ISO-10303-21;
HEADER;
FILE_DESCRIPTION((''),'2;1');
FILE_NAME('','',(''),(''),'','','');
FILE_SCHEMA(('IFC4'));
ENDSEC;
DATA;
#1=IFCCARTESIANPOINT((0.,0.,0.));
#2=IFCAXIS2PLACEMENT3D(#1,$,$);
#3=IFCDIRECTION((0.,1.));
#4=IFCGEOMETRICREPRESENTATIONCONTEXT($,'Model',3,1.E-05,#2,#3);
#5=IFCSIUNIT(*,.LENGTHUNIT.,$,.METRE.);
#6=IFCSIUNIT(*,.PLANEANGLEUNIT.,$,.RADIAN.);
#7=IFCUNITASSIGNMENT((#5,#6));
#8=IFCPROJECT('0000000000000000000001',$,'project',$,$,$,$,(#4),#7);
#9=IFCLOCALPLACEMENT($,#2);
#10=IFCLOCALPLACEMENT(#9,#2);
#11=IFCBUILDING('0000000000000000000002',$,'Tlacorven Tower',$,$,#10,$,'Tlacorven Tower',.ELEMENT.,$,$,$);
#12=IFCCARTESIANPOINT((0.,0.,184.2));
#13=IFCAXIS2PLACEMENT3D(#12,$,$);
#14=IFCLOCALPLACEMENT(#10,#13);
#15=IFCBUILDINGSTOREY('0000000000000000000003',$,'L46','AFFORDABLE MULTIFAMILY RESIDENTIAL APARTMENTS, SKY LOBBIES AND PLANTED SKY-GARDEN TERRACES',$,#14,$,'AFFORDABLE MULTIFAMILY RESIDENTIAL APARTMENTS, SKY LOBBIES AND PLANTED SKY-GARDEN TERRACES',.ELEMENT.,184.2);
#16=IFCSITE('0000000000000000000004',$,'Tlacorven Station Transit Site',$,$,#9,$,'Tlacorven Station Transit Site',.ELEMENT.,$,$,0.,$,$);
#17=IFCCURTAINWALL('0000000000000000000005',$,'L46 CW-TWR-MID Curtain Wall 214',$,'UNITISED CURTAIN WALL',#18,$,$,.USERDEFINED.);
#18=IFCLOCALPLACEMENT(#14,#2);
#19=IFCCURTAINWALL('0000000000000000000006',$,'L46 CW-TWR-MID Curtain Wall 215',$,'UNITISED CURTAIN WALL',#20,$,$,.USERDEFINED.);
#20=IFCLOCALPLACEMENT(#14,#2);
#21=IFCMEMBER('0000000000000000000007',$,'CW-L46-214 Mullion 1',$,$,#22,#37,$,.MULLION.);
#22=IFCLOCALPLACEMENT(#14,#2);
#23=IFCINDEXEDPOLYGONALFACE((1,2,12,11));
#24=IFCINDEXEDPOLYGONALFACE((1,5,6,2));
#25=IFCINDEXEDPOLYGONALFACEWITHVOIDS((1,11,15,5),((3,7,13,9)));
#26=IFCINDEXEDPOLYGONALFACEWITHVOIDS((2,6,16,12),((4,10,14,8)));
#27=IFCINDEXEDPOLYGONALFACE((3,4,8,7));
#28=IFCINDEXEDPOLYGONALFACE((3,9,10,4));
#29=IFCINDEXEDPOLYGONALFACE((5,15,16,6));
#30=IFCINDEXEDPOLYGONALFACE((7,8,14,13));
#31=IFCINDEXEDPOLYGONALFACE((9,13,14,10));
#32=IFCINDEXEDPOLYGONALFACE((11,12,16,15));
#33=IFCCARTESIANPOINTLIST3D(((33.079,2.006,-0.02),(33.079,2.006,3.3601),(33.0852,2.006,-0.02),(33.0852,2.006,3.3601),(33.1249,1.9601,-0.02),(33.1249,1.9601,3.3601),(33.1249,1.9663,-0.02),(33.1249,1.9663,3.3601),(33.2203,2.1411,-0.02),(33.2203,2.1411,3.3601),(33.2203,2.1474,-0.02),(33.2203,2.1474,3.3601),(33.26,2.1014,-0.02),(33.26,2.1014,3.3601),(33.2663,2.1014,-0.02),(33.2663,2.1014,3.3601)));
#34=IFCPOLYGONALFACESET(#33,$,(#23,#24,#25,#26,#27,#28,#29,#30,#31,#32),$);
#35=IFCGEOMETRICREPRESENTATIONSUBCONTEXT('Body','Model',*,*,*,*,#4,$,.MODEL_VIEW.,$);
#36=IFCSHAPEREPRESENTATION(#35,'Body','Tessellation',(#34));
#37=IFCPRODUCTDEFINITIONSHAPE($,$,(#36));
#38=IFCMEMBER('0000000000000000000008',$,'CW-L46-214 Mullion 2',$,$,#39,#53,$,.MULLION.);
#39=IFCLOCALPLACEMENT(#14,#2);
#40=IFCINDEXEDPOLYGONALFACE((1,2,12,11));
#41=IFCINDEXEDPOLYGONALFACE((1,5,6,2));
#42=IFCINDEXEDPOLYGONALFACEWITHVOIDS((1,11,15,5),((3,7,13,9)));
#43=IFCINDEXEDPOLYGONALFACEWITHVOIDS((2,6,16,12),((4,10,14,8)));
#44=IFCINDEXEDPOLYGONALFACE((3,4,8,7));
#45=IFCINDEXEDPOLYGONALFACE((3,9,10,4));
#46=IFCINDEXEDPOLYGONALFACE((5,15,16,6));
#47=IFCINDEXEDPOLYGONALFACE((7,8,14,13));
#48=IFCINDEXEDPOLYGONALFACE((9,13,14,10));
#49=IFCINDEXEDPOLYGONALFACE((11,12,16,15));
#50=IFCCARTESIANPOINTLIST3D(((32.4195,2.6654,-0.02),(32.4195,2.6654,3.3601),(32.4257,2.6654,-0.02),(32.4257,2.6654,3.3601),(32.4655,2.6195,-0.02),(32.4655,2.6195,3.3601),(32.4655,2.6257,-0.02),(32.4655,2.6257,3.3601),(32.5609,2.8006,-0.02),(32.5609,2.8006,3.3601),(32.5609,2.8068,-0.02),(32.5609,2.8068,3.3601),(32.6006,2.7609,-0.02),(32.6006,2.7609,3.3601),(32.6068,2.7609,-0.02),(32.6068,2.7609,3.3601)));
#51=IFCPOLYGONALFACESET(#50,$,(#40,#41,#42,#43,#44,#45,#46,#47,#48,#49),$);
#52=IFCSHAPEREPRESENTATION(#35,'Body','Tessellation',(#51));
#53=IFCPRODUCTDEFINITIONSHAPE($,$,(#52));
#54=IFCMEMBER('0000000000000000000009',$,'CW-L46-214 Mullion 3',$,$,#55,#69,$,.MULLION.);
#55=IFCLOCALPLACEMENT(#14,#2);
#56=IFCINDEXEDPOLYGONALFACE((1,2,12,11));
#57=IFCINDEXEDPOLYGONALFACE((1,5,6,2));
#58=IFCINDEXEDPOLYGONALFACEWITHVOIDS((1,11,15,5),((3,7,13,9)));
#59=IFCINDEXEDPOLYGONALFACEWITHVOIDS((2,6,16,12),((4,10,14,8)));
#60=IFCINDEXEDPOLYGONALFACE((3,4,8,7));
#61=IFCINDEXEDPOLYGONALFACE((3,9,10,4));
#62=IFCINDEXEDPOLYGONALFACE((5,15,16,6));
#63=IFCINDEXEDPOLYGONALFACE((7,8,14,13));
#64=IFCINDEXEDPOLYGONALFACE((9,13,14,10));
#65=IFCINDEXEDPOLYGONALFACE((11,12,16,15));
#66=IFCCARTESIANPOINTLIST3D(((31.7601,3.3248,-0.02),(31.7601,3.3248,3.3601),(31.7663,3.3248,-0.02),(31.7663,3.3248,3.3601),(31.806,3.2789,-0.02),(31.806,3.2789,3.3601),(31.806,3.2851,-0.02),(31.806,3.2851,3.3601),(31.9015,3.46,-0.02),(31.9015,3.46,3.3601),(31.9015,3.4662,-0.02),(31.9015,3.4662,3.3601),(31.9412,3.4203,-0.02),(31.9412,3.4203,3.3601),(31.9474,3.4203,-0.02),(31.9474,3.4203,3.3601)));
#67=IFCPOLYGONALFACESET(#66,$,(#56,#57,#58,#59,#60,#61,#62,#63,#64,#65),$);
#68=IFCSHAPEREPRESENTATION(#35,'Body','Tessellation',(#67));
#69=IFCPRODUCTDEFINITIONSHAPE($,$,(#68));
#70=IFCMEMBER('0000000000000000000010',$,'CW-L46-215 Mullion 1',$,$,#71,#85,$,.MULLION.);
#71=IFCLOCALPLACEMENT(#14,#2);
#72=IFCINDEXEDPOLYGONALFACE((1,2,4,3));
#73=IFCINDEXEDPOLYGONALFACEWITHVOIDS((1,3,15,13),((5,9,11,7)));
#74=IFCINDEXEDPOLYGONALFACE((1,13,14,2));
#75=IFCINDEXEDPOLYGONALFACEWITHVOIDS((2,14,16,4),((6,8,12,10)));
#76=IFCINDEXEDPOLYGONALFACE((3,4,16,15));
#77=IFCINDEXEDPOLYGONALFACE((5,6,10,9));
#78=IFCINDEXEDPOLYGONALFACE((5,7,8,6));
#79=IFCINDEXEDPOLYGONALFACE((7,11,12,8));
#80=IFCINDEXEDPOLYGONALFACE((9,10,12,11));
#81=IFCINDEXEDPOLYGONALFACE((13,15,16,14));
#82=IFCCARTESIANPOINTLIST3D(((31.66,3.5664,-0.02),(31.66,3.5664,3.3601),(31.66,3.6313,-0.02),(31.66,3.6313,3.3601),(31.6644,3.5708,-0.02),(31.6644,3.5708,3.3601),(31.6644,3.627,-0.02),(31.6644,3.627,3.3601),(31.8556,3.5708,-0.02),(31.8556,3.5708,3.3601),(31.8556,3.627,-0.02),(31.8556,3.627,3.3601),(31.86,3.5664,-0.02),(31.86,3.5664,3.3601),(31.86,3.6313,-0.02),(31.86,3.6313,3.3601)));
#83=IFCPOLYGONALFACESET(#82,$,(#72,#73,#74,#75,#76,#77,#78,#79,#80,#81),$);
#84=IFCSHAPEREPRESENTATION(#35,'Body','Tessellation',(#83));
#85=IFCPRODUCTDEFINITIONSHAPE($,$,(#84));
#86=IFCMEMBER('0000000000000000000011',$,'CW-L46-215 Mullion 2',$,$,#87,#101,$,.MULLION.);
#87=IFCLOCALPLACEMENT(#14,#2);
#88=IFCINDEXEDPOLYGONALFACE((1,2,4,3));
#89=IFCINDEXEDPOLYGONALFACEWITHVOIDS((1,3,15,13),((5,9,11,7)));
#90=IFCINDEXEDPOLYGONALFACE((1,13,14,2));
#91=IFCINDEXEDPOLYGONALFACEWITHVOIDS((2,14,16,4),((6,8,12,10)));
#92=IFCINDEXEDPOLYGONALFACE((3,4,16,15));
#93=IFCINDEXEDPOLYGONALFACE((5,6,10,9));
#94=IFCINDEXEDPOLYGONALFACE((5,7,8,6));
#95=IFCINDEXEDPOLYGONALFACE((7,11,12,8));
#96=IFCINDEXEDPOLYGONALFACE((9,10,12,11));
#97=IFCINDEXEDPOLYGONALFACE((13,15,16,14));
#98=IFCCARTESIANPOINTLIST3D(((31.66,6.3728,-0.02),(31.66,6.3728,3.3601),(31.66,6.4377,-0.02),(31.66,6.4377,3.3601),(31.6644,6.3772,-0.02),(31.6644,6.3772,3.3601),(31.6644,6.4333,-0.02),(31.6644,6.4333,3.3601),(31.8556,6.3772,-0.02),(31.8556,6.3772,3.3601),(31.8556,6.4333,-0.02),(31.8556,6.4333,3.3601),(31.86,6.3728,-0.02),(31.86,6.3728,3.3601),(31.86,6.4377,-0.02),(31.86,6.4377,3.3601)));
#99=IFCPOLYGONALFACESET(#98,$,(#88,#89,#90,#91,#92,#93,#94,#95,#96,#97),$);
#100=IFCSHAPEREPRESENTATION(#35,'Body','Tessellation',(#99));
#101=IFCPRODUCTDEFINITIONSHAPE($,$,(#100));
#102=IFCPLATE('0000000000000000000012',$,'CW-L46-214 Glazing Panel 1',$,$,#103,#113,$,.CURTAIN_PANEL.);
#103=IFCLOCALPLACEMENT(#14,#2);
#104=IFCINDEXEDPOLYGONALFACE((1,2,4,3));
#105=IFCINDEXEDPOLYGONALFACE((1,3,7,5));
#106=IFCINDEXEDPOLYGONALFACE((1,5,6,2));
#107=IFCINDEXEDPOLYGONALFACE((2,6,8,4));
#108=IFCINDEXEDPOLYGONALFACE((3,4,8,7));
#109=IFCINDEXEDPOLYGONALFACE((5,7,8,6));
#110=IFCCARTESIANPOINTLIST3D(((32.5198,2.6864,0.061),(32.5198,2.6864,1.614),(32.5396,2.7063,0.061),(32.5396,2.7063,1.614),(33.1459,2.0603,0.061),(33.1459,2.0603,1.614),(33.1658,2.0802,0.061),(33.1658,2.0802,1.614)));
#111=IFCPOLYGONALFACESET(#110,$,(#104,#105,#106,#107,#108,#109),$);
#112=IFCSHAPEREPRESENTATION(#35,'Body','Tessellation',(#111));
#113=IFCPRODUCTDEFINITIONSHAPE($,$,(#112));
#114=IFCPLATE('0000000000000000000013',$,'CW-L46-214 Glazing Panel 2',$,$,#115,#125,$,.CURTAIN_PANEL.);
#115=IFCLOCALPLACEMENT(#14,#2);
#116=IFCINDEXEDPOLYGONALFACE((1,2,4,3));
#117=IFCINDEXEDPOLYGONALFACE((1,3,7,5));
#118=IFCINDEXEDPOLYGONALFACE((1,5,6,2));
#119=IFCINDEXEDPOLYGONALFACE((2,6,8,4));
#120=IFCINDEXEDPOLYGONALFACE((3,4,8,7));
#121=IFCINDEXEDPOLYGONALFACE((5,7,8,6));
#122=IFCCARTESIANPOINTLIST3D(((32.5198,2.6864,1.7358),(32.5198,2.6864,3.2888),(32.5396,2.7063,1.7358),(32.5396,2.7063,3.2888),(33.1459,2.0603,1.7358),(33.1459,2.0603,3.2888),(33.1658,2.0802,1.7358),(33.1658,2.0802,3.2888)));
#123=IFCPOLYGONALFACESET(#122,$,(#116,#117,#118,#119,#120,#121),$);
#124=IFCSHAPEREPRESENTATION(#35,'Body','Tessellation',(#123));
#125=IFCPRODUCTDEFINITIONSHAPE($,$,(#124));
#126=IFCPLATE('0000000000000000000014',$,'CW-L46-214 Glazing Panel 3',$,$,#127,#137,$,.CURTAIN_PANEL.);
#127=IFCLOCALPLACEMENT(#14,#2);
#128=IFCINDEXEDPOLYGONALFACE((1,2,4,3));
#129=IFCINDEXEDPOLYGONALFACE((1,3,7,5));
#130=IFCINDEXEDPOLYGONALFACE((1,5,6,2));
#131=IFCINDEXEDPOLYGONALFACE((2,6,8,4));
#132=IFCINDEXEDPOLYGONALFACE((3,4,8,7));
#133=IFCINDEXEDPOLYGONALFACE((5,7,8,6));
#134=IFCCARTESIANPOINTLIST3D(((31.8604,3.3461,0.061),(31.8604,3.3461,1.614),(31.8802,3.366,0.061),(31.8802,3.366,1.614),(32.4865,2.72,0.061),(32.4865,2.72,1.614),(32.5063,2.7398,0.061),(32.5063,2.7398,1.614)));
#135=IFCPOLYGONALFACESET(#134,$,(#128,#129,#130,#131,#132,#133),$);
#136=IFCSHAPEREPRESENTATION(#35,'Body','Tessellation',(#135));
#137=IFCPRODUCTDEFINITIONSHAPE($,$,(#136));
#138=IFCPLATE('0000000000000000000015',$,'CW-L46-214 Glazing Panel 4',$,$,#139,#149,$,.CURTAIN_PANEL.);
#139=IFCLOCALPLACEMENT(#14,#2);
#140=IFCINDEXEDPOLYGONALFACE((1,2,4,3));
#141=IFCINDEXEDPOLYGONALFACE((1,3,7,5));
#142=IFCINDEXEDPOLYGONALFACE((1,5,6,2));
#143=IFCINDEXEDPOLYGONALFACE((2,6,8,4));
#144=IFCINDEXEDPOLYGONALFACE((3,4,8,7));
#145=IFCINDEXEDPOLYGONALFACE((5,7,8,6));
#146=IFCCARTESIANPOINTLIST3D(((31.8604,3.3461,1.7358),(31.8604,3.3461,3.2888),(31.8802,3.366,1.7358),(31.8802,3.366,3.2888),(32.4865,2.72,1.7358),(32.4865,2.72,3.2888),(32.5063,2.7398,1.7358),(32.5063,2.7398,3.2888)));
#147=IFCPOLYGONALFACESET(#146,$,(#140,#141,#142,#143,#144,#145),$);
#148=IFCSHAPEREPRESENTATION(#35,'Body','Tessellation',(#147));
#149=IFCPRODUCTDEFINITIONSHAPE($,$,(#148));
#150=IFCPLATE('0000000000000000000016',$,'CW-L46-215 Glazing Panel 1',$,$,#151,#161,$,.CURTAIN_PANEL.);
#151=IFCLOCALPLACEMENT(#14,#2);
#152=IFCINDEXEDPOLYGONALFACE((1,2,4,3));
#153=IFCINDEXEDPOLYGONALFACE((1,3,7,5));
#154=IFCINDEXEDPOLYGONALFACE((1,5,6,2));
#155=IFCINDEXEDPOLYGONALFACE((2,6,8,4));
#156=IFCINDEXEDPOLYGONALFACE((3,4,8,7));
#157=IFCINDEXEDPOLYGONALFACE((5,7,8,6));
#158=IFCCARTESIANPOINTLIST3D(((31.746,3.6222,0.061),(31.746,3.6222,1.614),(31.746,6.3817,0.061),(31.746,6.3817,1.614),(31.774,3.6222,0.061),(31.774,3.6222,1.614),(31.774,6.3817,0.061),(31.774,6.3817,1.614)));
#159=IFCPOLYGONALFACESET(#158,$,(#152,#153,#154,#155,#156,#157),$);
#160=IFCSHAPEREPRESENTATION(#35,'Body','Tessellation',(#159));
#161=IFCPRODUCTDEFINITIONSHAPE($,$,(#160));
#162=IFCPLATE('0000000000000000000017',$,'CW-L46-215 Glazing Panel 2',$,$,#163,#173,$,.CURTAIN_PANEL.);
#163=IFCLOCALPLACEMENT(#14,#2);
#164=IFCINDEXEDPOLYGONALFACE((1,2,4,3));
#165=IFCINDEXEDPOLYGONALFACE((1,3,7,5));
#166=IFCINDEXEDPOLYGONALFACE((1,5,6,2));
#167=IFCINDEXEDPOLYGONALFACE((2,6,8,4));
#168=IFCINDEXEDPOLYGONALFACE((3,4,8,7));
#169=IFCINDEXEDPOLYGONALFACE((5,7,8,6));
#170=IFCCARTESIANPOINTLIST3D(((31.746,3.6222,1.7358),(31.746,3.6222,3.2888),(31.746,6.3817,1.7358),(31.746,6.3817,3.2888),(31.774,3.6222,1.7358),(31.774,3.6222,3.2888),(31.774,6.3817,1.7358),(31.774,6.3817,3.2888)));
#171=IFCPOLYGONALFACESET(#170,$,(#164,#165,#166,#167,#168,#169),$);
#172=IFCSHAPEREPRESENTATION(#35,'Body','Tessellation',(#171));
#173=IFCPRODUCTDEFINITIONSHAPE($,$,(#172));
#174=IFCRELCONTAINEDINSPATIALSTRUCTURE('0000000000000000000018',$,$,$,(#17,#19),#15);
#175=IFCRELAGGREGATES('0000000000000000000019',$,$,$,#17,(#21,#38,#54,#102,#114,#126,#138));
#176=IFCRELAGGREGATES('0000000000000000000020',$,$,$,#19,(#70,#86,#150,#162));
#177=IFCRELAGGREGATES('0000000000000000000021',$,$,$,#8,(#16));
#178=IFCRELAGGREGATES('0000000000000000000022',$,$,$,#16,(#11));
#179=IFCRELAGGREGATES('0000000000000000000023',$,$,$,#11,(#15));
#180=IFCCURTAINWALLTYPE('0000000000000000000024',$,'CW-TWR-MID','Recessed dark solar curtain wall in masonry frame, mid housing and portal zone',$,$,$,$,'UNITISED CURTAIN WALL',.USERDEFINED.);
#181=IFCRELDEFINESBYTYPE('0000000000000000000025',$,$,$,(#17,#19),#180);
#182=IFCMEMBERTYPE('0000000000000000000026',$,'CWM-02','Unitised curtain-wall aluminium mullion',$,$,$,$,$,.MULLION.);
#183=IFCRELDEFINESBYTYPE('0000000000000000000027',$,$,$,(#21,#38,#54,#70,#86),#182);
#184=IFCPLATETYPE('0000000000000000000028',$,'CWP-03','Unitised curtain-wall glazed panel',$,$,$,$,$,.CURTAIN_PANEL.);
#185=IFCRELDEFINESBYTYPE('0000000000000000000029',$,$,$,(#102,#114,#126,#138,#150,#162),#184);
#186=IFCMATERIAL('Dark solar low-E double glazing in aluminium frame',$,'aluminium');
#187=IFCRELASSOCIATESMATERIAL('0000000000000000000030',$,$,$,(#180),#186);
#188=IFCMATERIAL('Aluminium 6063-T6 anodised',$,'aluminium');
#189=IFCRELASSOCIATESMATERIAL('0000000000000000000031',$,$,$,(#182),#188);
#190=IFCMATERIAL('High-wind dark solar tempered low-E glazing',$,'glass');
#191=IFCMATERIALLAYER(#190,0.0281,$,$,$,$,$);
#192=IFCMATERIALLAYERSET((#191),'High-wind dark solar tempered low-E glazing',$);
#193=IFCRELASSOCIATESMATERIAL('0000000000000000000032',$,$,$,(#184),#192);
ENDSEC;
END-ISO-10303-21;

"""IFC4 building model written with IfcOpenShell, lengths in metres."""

from ifc_helpers import new_model, si_unit, direction, frame, origin, origin_2d, place, context, subcontext, project, spatial, rectangle, hollow_rectangle, extrude, source, transform, mapped, material, layer, layer_set, material_profile, profile_set, type_object, element, aggregate, save


model = new_model("IFC4")

# Units and contexts
model_context = context("Model", 3, precision=1e-05, world=origin(), true_north=direction((0.0, 1.0)))
body_context = subcontext(model_context, "Body", "Model", "MODEL_VIEW")
ifc_project = project(units=[si_unit("LENGTHUNIT", "METRE"), si_unit("PLANEANGLEUNIT", "RADIAN")], contexts=[model_context])

# Site, building, storey
site_placement = place(None, origin())
site = spatial("IfcSite", under=ifc_project, at=site_placement, Name="Tlacorven Station Transit Site", LongName="Tlacorven Station Transit Site", CompositionType="ELEMENT", RefElevation=0.0)
building_placement = place(site_placement, origin())
building = spatial("IfcBuilding", under=site, at=building_placement, Name="Tlacorven Tower", LongName="Tlacorven Tower", CompositionType="ELEMENT")
storey_placement = place(building_placement, frame((0.0, 0.0, 184.2)))
storey = spatial("IfcBuildingStorey", under=building, at=storey_placement, Name="L46", Description="AFFORDABLE MULTIFAMILY RESIDENTIAL APARTMENTS, SKY LOBBIES AND PLANTED SKY-GARDEN TERRACES", LongName="AFFORDABLE MULTIFAMILY RESIDENTIAL APARTMENTS, SKY LOBBIES AND PLANTED SKY-GARDEN TERRACES", CompositionType="ELEMENT", Elevation=184.2)

# Curtain walls
ifc_material_1 = material(Name="Dark solar low-E double glazing in aluminium frame", Category="aluminium")
curtain_wall_type = type_object("IfcCurtainWallType", Name="CW-TWR-MID", Description="Recessed dark solar curtain wall in masonry frame, mid housing and portal zone", ElementType="UNITISED CURTAIN WALL", PredefinedType="USERDEFINED", material=ifc_material_1)
curtain_wall_1_placement = place(storey_placement, origin())
curtain_wall_1 = element("IfcCurtainWall", 1, at=curtain_wall_1_placement, inside=storey, type_object=curtain_wall_type, Name="L46 CW-TWR-MID Curtain Wall 214", ObjectType="UNITISED CURTAIN WALL", PredefinedType="USERDEFINED")
ifc_material_2 = material(Name="Aluminium 6063-T6 anodised", Category="aluminium")
curtain_wall_2_placement = place(storey_placement, origin())
curtain_wall_2 = element("IfcCurtainWall", 2, at=curtain_wall_2_placement, inside=storey, type_object=curtain_wall_type, Name="L46 CW-TWR-MID Curtain Wall 215", ObjectType="UNITISED CURTAIN WALL", PredefinedType="USERDEFINED")

# Shared definitions
ifc_material_profile_1 = material_profile(ifc_material_2, hollow_rectangle(XDim=0.0649, YDim=0.2, WallThickness=0.0044, at=origin_2d()), Name="ALU MULLION 65X200")
ifc_profile_set_1 = profile_set([ifc_material_profile_1], Name="Aluminium 6063-T6 anodised")
member_type_1 = type_object("IfcMemberType", Name="CWM-02", Description="Unitised curtain-wall aluminium mullion", PredefinedType="MULLION", material=ifc_profile_set_1)
shared_shape_1 = source(origin(), body_context, "Body", "SweptSolid", [
    extrude(hollow_rectangle(XDim=0.0649, YDim=0.2, WallThickness=0.0044, at=origin_2d()), origin(), (0.0, 0.0, 1.0), 3.3801),
])

# Members
member_1_placement = place(storey_placement, frame((33.1726, 2.0537, -0.02), z_axis=(0.0, 0.0, 1.0), x_axis=(-0.707107, 0.707107, 0.0)))
member_1 = element("IfcMember", 3, at=member_1_placement, type_object=member_type_1, Name="CW-L46-214 Mullion 1", PredefinedType="MULLION", context=body_context, shape_type="MappedRepresentation", body=[
    mapped(shared_shape_1, transform((0.0, 0.0, 0.0), scale=1.0)),
])
member_2_placement = place(storey_placement, frame((32.5132, 2.7131, -0.02), z_axis=(0.0, 0.0, 1.0), x_axis=(-0.707107, 0.707107, 0.0)))
member_2 = element("IfcMember", 4, at=member_2_placement, type_object=member_type_1, Name="CW-L46-214 Mullion 2", PredefinedType="MULLION", context=body_context, shape_type="MappedRepresentation", body=[
    mapped(shared_shape_1, transform((0.0, 0.0, 0.0), scale=1.0)),
])
member_3_placement = place(storey_placement, frame((31.8538, 3.3726, -0.02), z_axis=(0.0, 0.0, 1.0), x_axis=(-0.707107, 0.707107, 0.0)))
member_3 = element("IfcMember", 5, at=member_3_placement, type_object=member_type_1, Name="CW-L46-214 Mullion 3", PredefinedType="MULLION", context=body_context, shape_type="MappedRepresentation", body=[
    mapped(shared_shape_1, transform((0.0, 0.0, 0.0), scale=1.0)),
])
member_4_placement = place(storey_placement, frame((31.76, 3.5989, -0.02), z_axis=(0.0, 0.0, 1.0), x_axis=(0.0, 1.0, 0.0)))
member_4 = element("IfcMember", 6, at=member_4_placement, type_object=member_type_1, Name="CW-L46-215 Mullion 1", PredefinedType="MULLION", context=body_context, shape_type="MappedRepresentation", body=[
    mapped(shared_shape_1, transform((0.0, 0.0, 0.0), scale=1.0)),
])
member_5_placement = place(storey_placement, frame((31.76, 6.4053, -0.02), z_axis=(0.0, 0.0, 1.0), x_axis=(0.0, 1.0, 0.0)))
member_5 = element("IfcMember", 7, at=member_5_placement, type_object=member_type_1, Name="CW-L46-215 Mullion 2", PredefinedType="MULLION", context=body_context, shape_type="MappedRepresentation", body=[
    mapped(shared_shape_1, transform((0.0, 0.0, 0.0), scale=1.0)),
])

# Plates
ifc_material_3 = material(Name="High-wind dark solar tempered low-E glazing", Category="glass")
ifc_layer = layer(ifc_material_3, 0.0281)
ifc_layer_set = layer_set([ifc_layer], Name="High-wind dark solar tempered low-E glazing")
plate_type = type_object("IfcPlateType", Name="CWP-03", Description="Unitised curtain-wall glazed panel", PredefinedType="CURTAIN_PANEL", material=ifc_layer_set)
shared_shape_2 = source(origin(), body_context, "Body", "SweptSolid", [
    extrude(rectangle(XDim=0.8855, YDim=0.0281, at=origin_2d()), origin(), (0.0, 0.0, 1.0), 1.553),
])
plate_1_placement = place(storey_placement, frame((32.8428, 2.3833, 0.061), z_axis=(0.0, 0.0, 1.0), x_axis=(-0.707107, 0.707107, 0.0)))
plate_1 = element("IfcPlate", 8, at=plate_1_placement, type_object=plate_type, Name="CW-L46-214 Glazing Panel 1", PredefinedType="CURTAIN_PANEL", context=body_context, shape_type="MappedRepresentation", body=[
    mapped(shared_shape_2, transform((0.0, 0.0, 0.0), scale=1.0)),
])
plate_2_placement = place(storey_placement, frame((32.8428, 2.3833, 1.7358), z_axis=(0.0, 0.0, 1.0), x_axis=(-0.707107, 0.707107, 0.0)))
plate_2 = element("IfcPlate", 9, at=plate_2_placement, type_object=plate_type, Name="CW-L46-214 Glazing Panel 2", PredefinedType="CURTAIN_PANEL", context=body_context, shape_type="MappedRepresentation", body=[
    mapped(shared_shape_2, transform((0.0, 0.0, 0.0), scale=1.0)),
])
plate_3_placement = place(storey_placement, frame((32.1833, 3.043, 0.061), z_axis=(0.0, 0.0, 1.0), x_axis=(-0.707107, 0.707107, 0.0)))
plate_3 = element("IfcPlate", 10, at=plate_3_placement, type_object=plate_type, Name="CW-L46-214 Glazing Panel 3", PredefinedType="CURTAIN_PANEL", context=body_context, shape_type="MappedRepresentation", body=[
    mapped(shared_shape_2, transform((0.0, 0.0, 0.0), scale=1.0)),
])
plate_4_placement = place(storey_placement, frame((32.1833, 3.043, 1.7358), z_axis=(0.0, 0.0, 1.0), x_axis=(-0.707107, 0.707107, 0.0)))
plate_4 = element("IfcPlate", 11, at=plate_4_placement, type_object=plate_type, Name="CW-L46-214 Glazing Panel 4", PredefinedType="CURTAIN_PANEL", context=body_context, shape_type="MappedRepresentation", body=[
    mapped(shared_shape_2, transform((0.0, 0.0, 0.0), scale=1.0)),
])
aggregate(curtain_wall_1, [member_1, member_2, member_3, plate_1, plate_2, plate_3, plate_4])
shared_shape_3 = source(origin(), body_context, "Body", "SweptSolid", [
    extrude(rectangle(XDim=2.7595, YDim=0.0281, at=origin_2d()), origin(), (0.0, 0.0, 1.0), 1.553),
])
plate_5_placement = place(storey_placement, frame((31.76, 5.002, 0.061), z_axis=(0.0, 0.0, 1.0), x_axis=(0.0, 1.0, 0.0)))
plate_5 = element("IfcPlate", 12, at=plate_5_placement, type_object=plate_type, Name="CW-L46-215 Glazing Panel 1", PredefinedType="CURTAIN_PANEL", context=body_context, shape_type="MappedRepresentation", body=[
    mapped(shared_shape_3, transform((0.0, 0.0, 0.0), scale=1.0)),
])
plate_6_placement = place(storey_placement, frame((31.76, 5.002, 1.7358), z_axis=(0.0, 0.0, 1.0), x_axis=(0.0, 1.0, 0.0)))
plate_6 = element("IfcPlate", 13, at=plate_6_placement, type_object=plate_type, Name="CW-L46-215 Glazing Panel 2", PredefinedType="CURTAIN_PANEL", context=body_context, shape_type="MappedRepresentation", body=[
    mapped(shared_shape_3, transform((0.0, 0.0, 0.0), scale=1.0)),
])
aggregate(curtain_wall_2, [member_4, member_5, plate_5, plate_6])

save(model, "model.ifc")
